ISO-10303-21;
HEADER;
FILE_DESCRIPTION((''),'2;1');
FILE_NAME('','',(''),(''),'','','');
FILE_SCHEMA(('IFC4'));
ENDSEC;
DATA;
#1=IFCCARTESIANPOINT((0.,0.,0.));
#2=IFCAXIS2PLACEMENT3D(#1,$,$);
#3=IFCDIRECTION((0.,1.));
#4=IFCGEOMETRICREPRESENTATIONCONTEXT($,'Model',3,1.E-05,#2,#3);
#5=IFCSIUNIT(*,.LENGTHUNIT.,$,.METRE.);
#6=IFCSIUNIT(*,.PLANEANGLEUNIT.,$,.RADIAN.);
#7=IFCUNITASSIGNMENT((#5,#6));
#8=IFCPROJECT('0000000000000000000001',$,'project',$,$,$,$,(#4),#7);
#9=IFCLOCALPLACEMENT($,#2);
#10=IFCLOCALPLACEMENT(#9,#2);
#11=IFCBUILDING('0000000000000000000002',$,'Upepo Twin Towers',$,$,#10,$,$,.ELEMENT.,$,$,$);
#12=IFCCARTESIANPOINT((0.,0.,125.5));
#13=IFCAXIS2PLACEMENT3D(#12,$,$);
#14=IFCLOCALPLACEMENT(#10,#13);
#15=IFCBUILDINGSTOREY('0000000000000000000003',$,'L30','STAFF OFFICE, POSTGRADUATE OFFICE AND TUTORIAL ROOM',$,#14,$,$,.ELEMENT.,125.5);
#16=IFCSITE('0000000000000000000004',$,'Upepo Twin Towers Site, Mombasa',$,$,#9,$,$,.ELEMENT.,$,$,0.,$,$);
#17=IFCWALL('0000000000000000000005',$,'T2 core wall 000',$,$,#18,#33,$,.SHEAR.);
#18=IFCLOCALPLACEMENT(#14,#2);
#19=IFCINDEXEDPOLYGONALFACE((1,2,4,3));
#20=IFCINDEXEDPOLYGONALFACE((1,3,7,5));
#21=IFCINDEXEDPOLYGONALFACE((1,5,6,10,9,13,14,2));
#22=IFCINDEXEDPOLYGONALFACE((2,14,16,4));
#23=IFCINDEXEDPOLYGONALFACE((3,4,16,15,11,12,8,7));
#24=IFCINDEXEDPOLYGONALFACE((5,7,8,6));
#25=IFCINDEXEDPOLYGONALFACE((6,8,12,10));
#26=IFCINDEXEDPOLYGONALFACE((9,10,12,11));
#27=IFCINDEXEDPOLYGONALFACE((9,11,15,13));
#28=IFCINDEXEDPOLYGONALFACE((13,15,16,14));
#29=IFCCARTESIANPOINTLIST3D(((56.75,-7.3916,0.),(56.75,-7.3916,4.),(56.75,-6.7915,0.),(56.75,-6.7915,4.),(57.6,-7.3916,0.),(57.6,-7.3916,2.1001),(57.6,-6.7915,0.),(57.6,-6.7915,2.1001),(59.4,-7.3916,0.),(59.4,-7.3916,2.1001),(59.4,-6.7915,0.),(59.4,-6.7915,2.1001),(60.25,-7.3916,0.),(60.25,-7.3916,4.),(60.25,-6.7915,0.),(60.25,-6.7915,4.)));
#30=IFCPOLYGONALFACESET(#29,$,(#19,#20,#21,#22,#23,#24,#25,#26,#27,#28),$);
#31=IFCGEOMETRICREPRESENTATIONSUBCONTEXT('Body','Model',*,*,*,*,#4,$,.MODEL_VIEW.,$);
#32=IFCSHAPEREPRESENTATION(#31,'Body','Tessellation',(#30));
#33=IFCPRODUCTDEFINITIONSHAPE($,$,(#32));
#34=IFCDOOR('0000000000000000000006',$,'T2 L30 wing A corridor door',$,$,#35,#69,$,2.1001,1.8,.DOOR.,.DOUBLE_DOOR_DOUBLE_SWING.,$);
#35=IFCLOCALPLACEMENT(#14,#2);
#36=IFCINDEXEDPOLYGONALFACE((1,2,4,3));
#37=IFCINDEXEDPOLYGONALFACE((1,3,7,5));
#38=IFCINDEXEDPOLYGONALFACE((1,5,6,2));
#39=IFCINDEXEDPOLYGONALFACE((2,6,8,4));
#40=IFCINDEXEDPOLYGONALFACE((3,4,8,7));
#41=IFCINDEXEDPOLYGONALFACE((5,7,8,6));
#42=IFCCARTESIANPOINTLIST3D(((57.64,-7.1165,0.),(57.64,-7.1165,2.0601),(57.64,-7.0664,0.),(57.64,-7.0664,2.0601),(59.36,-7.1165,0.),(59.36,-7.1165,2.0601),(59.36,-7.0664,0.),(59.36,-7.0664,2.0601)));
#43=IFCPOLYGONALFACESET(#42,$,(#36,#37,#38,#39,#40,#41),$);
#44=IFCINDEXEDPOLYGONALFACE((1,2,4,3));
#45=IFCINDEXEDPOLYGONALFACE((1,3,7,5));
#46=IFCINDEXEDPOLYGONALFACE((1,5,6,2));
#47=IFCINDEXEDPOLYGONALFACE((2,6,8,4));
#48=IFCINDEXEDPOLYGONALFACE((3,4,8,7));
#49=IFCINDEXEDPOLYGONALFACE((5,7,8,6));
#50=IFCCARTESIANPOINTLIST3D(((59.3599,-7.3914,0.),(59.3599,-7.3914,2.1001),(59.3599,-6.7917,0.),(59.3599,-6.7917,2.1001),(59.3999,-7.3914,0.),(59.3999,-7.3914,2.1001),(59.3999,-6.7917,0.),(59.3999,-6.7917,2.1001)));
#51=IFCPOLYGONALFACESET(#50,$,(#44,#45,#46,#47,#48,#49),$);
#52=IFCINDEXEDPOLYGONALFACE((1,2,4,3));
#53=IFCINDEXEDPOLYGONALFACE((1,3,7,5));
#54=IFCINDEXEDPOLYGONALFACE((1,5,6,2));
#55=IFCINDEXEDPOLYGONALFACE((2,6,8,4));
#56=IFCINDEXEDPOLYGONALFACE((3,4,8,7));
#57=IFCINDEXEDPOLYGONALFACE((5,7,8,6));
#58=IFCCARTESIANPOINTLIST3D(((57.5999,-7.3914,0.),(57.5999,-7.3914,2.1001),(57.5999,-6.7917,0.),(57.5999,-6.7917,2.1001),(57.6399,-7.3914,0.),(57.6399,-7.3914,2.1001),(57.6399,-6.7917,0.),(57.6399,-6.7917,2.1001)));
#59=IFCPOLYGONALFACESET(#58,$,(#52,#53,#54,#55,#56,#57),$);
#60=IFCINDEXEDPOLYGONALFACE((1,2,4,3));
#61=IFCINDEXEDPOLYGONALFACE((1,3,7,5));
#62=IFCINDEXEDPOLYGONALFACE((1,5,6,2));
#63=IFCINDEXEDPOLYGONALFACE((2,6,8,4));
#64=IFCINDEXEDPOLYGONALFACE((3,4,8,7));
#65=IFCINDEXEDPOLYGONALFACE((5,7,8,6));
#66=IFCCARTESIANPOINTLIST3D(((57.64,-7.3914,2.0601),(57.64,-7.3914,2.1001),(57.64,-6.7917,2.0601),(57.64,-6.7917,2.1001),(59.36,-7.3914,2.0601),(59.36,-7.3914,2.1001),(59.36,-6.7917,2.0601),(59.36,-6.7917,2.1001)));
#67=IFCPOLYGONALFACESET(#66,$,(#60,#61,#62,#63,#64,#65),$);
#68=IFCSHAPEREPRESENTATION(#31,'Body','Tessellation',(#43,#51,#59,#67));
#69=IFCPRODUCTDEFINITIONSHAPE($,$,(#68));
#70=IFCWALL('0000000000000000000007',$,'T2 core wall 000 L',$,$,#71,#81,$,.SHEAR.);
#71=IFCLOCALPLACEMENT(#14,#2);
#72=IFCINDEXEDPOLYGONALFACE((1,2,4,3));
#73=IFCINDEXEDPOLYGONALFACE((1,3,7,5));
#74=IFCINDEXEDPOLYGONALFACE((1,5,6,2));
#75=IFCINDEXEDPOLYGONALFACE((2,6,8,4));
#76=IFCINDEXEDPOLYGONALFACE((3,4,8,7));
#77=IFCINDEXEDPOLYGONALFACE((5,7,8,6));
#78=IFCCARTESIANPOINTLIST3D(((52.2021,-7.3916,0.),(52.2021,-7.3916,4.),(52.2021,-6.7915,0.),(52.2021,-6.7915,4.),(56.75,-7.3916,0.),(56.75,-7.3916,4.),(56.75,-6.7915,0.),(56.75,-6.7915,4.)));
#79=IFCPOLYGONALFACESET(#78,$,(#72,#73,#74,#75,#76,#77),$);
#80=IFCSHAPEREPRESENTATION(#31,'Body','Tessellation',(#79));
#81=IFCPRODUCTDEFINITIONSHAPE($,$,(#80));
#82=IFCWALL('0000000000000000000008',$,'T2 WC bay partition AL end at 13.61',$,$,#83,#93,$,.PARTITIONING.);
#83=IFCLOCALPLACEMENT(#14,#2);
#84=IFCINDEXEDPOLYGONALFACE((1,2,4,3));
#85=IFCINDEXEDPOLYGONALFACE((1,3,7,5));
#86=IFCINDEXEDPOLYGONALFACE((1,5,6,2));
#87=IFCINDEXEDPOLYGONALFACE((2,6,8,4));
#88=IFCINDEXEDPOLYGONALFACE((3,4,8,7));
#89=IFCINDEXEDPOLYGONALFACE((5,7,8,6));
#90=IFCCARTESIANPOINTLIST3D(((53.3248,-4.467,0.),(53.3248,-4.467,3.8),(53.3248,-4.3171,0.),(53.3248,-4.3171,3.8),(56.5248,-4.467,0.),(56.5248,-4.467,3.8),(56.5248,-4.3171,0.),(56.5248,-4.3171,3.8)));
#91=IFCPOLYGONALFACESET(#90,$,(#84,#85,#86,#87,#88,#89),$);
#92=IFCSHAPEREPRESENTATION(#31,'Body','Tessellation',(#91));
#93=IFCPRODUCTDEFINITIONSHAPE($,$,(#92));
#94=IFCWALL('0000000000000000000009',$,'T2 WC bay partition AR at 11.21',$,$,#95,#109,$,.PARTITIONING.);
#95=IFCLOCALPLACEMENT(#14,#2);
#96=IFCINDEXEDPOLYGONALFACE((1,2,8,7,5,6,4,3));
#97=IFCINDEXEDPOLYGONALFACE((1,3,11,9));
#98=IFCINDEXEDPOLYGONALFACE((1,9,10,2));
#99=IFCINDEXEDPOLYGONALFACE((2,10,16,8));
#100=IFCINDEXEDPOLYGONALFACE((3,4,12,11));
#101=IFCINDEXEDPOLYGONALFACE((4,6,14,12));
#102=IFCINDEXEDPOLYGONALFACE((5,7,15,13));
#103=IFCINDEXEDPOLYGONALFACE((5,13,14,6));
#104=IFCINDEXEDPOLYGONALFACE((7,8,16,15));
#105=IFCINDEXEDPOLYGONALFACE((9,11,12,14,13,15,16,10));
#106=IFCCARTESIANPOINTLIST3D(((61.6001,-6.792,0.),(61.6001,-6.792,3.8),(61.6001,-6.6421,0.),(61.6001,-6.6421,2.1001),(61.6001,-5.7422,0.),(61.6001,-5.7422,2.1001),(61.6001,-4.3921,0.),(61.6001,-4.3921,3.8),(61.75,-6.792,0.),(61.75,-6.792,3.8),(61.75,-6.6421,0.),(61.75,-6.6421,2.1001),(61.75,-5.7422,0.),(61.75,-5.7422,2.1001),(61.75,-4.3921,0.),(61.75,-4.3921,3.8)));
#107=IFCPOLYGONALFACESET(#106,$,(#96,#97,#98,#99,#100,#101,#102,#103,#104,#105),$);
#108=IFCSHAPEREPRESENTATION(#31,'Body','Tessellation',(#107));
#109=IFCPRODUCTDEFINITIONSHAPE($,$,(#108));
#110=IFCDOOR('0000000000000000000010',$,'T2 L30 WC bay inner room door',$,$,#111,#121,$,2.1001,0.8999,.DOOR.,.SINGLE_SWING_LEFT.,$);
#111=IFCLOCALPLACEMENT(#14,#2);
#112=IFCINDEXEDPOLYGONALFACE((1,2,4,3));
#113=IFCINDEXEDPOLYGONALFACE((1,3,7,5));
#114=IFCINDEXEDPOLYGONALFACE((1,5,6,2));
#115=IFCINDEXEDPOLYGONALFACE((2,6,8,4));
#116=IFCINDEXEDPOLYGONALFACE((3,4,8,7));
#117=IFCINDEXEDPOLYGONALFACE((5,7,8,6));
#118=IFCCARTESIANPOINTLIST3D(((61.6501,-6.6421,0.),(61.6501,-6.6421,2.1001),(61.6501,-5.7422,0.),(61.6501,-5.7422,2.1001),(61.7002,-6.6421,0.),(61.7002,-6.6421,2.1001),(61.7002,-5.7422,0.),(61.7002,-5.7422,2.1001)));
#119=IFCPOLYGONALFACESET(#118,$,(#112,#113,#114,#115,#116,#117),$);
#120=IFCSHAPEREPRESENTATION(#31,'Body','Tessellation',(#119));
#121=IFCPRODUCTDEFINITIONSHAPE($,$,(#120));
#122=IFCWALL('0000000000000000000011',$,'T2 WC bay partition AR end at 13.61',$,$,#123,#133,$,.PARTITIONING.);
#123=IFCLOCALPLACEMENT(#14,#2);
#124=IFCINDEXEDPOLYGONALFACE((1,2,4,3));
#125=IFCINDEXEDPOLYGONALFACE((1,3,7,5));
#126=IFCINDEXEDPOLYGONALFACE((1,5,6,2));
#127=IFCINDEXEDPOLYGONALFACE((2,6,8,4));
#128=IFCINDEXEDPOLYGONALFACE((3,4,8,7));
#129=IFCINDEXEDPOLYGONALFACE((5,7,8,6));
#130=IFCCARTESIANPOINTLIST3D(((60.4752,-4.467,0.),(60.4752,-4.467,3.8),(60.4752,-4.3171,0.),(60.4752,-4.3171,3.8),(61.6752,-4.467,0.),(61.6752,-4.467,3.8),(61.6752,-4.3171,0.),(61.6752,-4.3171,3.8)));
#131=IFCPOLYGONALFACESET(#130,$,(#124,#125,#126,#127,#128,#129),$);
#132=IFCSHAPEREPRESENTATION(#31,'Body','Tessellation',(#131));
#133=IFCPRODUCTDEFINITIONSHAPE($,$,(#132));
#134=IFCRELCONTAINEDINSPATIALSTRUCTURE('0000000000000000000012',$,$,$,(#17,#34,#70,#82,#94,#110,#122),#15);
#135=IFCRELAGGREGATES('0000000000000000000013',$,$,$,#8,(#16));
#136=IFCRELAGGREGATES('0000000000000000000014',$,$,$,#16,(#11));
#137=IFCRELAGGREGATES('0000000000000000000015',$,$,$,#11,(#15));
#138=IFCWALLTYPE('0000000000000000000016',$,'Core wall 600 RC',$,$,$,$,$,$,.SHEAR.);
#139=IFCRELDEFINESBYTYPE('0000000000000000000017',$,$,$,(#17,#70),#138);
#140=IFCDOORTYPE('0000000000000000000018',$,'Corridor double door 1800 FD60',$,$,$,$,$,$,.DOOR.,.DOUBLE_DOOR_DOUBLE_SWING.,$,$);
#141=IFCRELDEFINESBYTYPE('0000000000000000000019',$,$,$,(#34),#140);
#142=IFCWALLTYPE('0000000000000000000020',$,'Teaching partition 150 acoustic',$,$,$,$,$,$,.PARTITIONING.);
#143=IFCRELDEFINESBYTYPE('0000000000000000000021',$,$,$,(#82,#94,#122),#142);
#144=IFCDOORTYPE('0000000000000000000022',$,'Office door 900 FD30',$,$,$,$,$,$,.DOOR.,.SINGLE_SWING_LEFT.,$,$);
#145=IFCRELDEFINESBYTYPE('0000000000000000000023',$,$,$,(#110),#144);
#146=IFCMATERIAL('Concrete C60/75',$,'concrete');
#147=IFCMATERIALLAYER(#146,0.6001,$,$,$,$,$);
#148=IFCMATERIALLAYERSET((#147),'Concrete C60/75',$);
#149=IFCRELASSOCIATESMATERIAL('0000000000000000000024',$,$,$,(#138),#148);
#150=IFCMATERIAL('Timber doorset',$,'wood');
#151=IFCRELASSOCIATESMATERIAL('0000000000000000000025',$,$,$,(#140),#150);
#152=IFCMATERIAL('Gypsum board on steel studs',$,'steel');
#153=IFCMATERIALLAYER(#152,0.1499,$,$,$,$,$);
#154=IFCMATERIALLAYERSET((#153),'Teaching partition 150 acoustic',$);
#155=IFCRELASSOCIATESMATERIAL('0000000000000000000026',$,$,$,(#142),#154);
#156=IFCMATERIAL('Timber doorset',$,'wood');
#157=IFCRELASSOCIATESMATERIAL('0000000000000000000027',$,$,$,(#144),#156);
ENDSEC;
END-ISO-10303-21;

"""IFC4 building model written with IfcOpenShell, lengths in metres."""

from ifc_helpers import new_model, si_unit, direction, frame, frame_2d, origin, place, context, subcontext, project, spatial, rectangle, extrude, material, layer, layer_set, type_object, element, fill, save


model = new_model("IFC4")

# Units and contexts
model_context = context("Model", 3, precision=1e-05, world=origin(), true_north=direction((0.0, 1.0)))
body_context = subcontext(model_context, "Body", "Model", "MODEL_VIEW")
ifc_project = project(units=[si_unit("LENGTHUNIT", "METRE"), si_unit("PLANEANGLEUNIT", "RADIAN")], contexts=[model_context])

# Site, building, storey
site_placement = place(None, origin())
site = spatial("IfcSite", under=ifc_project, at=site_placement, Name="Upepo Twin Towers Site, Mombasa", CompositionType="ELEMENT", RefElevation=0.0)
building_placement = place(site_placement, origin())
building = spatial("IfcBuilding", under=site, at=building_placement, Name="Upepo Twin Towers", CompositionType="ELEMENT")
storey_placement = place(building_placement, frame((0.0, 0.0, 125.5)))
storey = spatial("IfcBuildingStorey", under=building, at=storey_placement, Name="L30", Description="STAFF OFFICE, POSTGRADUATE OFFICE AND TUTORIAL ROOM", CompositionType="ELEMENT", Elevation=125.5)

# Shared definitions
ifc_material_1 = material(Name="Concrete C60/75", Category="concrete")
ifc_layer_1 = layer(ifc_material_1, 0.6001)
ifc_layer_set_1 = layer_set([ifc_layer_1], Name="Concrete C60/75")
wall_type_1 = type_object("IfcWallType", Name="Core wall 600 RC", PredefinedType="SHEAR", material=ifc_layer_set_1)

# Wall, opening, door
wall_1_placement = place(storey_placement, frame((60.25, -7.0916, 0.0), z_axis=(0.0, 0.0, 1.0), x_axis=(-1.0, 0.0, 0.0)))
wall_1 = element("IfcWall", 1, at=wall_1_placement, inside=storey, type_object=wall_type_1, Name="T2 core wall 000", PredefinedType="SHEAR", context=body_context, shape_type="SweptSolid", body=[
    extrude(rectangle(XDim=3.5, YDim=0.6001, at=frame_2d((1.75, 0.0))), origin(), (0.0, 0.0, 1.0), 4.0),
])
opening_1_placement = place(wall_1_placement, frame((0.8501, 0.0, 0.0)))
opening_1 = element("IfcOpeningElement", 2, at=opening_1_placement, cuts=wall_1, PredefinedType="OPENING", context=body_context, shape_type="SweptSolid", body=[
    extrude(rectangle(XDim=1.8, YDim=2.1001, at=frame_2d((0.8999, 1.05))), frame((0.0, 0.3101, 0.0), z_axis=(0.0, -1.0, 0.0), x_axis=(1.0, 0.0, 0.0)), (0.0, 0.0, 1.0), 0.6201),
])
ifc_material_2 = material(Name="Timber doorset", Category="wood")
door_type_1 = type_object("IfcDoorType", Name="Corridor double door 1800 FD60", OperationType="DOUBLE_DOOR_DOUBLE_SWING", PredefinedType="DOOR", material=ifc_material_2)
door_1_placement = place(opening_1_placement, origin())
door_1 = element("IfcDoor", 3, at=door_1_placement, inside=storey, type_object=door_type_1, Name="T2 L30 wing A corridor door", OperationType="DOUBLE_DOOR_DOUBLE_SWING", OverallHeight=2.1001, OverallWidth=1.8, PredefinedType="DOOR", context=body_context, shape_type="SweptSolid", body=[
    extrude(rectangle(XDim=1.72, YDim=2.0601, at=frame_2d((0.8999, 1.03))), frame((0.0, 0.0249, 0.0), z_axis=(0.0, -1.0, 0.0), x_axis=(1.0, 0.0, 0.0)), (0.0, 0.0, 1.0), 0.05),
    extrude(rectangle(XDim=0.04, YDim=2.1001, at=frame_2d((0.02, 1.05))), frame((0.0, 0.2998, 0.0), z_axis=(0.0, -1.0, 0.0), x_axis=(1.0, 0.0, 0.0)), (0.0, 0.0, 1.0), 0.5996),
    extrude(rectangle(XDim=0.04, YDim=2.1001, at=frame_2d((1.78, 1.05))), frame((0.0, 0.2998, 0.0), z_axis=(0.0, -1.0, 0.0), x_axis=(1.0, 0.0, 0.0)), (0.0, 0.0, 1.0), 0.5996),
    extrude(rectangle(XDim=1.72, YDim=0.04, at=frame_2d((0.8999, 2.0801))), frame((0.0, 0.2998, 0.0), z_axis=(0.0, -1.0, 0.0), x_axis=(1.0, 0.0, 0.0)), (0.0, 0.0, 1.0), 0.5996),
])
fill(opening_1, door_1)

# Walls
wall_2_placement = place(storey_placement, frame((56.75, -7.0916, 0.0), z_axis=(0.0, 0.0, 1.0), x_axis=(-1.0, 0.0, 0.0)))
element("IfcWall", 4, at=wall_2_placement, inside=storey, type_object=wall_type_1, Name="T2 core wall 000 L", PredefinedType="SHEAR", context=body_context, shape_type="SweptSolid", body=[
    extrude(rectangle(XDim=4.5479, YDim=0.6001, at=frame_2d((2.2739, 0.0))), origin(), (0.0, 0.0, 1.0), 4.0),
])
ifc_material_3 = material(Name="Gypsum board on steel studs", Category="steel")
ifc_layer_2 = layer(ifc_material_3, 0.1499)
ifc_layer_set_2 = layer_set([ifc_layer_2], Name="Teaching partition 150 acoustic")
wall_type_2 = type_object("IfcWallType", Name="Teaching partition 150 acoustic", PredefinedType="PARTITIONING", material=ifc_layer_set_2)
wall_3_placement = place(storey_placement, frame((56.5249, -4.3921, 0.0), z_axis=(0.0, 0.0, 1.0), x_axis=(-1.0, 0.0, 0.0)))
element("IfcWall", 5, at=wall_3_placement, inside=storey, type_object=wall_type_2, Name="T2 WC bay partition AL end at 13.61", PredefinedType="PARTITIONING", context=body_context, shape_type="SweptSolid", body=[
    extrude(rectangle(XDim=3.2, YDim=0.1499, at=frame_2d((1.6001, 0.0))), origin(), (0.0, 0.0, 1.0), 3.8),
])

# Wall, opening, door
wall_4_placement = place(storey_placement, frame((61.675, -6.792, 0.0), z_axis=(0.0, 0.0, 1.0), x_axis=(0.0, 1.0, 0.0)))
wall_4 = element("IfcWall", 6, at=wall_4_placement, inside=storey, type_object=wall_type_2, Name="T2 WC bay partition AR at 11.21", PredefinedType="PARTITIONING", context=body_context, shape_type="SweptSolid", body=[
    extrude(rectangle(XDim=2.3999, YDim=0.1499, at=frame_2d((1.2, 0.0))), origin(), (0.0, 0.0, 1.0), 3.8),
])
opening_2_placement = place(wall_4_placement, frame((0.1499, 0.0, 0.0)))
opening_2 = element("IfcOpeningElement", 7, at=opening_2_placement, cuts=wall_4, PredefinedType="OPENING", context=body_context, shape_type="SweptSolid", body=[
    extrude(rectangle(XDim=0.8999, YDim=2.1001, at=frame_2d((0.45, 1.05))), frame((0.0, 0.085, 0.0), z_axis=(0.0, -1.0, 0.0), x_axis=(1.0, 0.0, 0.0)), (0.0, 0.0, 1.0), 0.1699),
])
ifc_material_4 = material(Name="Timber doorset", Category="wood")
door_type_2 = type_object("IfcDoorType", Name="Office door 900 FD30", OperationType="SINGLE_SWING_LEFT", PredefinedType="DOOR", material=ifc_material_4)
door_2_placement = place(opening_2_placement, origin())
door_2 = element("IfcDoor", 8, at=door_2_placement, inside=storey, type_object=door_type_2, Name="T2 L30 WC bay inner room door", OperationType="SINGLE_SWING_LEFT", OverallHeight=2.1001, OverallWidth=0.8999, PredefinedType="DOOR", context=body_context, shape_type="SweptSolid", body=[
    extrude(rectangle(XDim=0.8999, YDim=2.1001, at=frame_2d((0.45, 1.05))), frame((0.0, 0.0249, 0.0), z_axis=(0.0, -1.0, 0.0), x_axis=(1.0, 0.0, 0.0)), (0.0, 0.0, 1.0), 0.05),
])
fill(opening_2, door_2)

# Wall
wall_5_placement = place(storey_placement, frame((60.4751, -4.3921, 0.0), z_axis=(0.0, 0.0, 1.0), x_axis=(1.0, 0.0, 0.0)))
element("IfcWall", 9, at=wall_5_placement, inside=storey, type_object=wall_type_2, Name="T2 WC bay partition AR end at 13.61", PredefinedType="PARTITIONING", context=body_context, shape_type="SweptSolid", body=[
    extrude(rectangle(XDim=1.2, YDim=0.1499, at=frame_2d((0.6001, 0.0))), origin(), (0.0, 0.0, 1.0), 3.8),
])

save(model, "model.ifc")
